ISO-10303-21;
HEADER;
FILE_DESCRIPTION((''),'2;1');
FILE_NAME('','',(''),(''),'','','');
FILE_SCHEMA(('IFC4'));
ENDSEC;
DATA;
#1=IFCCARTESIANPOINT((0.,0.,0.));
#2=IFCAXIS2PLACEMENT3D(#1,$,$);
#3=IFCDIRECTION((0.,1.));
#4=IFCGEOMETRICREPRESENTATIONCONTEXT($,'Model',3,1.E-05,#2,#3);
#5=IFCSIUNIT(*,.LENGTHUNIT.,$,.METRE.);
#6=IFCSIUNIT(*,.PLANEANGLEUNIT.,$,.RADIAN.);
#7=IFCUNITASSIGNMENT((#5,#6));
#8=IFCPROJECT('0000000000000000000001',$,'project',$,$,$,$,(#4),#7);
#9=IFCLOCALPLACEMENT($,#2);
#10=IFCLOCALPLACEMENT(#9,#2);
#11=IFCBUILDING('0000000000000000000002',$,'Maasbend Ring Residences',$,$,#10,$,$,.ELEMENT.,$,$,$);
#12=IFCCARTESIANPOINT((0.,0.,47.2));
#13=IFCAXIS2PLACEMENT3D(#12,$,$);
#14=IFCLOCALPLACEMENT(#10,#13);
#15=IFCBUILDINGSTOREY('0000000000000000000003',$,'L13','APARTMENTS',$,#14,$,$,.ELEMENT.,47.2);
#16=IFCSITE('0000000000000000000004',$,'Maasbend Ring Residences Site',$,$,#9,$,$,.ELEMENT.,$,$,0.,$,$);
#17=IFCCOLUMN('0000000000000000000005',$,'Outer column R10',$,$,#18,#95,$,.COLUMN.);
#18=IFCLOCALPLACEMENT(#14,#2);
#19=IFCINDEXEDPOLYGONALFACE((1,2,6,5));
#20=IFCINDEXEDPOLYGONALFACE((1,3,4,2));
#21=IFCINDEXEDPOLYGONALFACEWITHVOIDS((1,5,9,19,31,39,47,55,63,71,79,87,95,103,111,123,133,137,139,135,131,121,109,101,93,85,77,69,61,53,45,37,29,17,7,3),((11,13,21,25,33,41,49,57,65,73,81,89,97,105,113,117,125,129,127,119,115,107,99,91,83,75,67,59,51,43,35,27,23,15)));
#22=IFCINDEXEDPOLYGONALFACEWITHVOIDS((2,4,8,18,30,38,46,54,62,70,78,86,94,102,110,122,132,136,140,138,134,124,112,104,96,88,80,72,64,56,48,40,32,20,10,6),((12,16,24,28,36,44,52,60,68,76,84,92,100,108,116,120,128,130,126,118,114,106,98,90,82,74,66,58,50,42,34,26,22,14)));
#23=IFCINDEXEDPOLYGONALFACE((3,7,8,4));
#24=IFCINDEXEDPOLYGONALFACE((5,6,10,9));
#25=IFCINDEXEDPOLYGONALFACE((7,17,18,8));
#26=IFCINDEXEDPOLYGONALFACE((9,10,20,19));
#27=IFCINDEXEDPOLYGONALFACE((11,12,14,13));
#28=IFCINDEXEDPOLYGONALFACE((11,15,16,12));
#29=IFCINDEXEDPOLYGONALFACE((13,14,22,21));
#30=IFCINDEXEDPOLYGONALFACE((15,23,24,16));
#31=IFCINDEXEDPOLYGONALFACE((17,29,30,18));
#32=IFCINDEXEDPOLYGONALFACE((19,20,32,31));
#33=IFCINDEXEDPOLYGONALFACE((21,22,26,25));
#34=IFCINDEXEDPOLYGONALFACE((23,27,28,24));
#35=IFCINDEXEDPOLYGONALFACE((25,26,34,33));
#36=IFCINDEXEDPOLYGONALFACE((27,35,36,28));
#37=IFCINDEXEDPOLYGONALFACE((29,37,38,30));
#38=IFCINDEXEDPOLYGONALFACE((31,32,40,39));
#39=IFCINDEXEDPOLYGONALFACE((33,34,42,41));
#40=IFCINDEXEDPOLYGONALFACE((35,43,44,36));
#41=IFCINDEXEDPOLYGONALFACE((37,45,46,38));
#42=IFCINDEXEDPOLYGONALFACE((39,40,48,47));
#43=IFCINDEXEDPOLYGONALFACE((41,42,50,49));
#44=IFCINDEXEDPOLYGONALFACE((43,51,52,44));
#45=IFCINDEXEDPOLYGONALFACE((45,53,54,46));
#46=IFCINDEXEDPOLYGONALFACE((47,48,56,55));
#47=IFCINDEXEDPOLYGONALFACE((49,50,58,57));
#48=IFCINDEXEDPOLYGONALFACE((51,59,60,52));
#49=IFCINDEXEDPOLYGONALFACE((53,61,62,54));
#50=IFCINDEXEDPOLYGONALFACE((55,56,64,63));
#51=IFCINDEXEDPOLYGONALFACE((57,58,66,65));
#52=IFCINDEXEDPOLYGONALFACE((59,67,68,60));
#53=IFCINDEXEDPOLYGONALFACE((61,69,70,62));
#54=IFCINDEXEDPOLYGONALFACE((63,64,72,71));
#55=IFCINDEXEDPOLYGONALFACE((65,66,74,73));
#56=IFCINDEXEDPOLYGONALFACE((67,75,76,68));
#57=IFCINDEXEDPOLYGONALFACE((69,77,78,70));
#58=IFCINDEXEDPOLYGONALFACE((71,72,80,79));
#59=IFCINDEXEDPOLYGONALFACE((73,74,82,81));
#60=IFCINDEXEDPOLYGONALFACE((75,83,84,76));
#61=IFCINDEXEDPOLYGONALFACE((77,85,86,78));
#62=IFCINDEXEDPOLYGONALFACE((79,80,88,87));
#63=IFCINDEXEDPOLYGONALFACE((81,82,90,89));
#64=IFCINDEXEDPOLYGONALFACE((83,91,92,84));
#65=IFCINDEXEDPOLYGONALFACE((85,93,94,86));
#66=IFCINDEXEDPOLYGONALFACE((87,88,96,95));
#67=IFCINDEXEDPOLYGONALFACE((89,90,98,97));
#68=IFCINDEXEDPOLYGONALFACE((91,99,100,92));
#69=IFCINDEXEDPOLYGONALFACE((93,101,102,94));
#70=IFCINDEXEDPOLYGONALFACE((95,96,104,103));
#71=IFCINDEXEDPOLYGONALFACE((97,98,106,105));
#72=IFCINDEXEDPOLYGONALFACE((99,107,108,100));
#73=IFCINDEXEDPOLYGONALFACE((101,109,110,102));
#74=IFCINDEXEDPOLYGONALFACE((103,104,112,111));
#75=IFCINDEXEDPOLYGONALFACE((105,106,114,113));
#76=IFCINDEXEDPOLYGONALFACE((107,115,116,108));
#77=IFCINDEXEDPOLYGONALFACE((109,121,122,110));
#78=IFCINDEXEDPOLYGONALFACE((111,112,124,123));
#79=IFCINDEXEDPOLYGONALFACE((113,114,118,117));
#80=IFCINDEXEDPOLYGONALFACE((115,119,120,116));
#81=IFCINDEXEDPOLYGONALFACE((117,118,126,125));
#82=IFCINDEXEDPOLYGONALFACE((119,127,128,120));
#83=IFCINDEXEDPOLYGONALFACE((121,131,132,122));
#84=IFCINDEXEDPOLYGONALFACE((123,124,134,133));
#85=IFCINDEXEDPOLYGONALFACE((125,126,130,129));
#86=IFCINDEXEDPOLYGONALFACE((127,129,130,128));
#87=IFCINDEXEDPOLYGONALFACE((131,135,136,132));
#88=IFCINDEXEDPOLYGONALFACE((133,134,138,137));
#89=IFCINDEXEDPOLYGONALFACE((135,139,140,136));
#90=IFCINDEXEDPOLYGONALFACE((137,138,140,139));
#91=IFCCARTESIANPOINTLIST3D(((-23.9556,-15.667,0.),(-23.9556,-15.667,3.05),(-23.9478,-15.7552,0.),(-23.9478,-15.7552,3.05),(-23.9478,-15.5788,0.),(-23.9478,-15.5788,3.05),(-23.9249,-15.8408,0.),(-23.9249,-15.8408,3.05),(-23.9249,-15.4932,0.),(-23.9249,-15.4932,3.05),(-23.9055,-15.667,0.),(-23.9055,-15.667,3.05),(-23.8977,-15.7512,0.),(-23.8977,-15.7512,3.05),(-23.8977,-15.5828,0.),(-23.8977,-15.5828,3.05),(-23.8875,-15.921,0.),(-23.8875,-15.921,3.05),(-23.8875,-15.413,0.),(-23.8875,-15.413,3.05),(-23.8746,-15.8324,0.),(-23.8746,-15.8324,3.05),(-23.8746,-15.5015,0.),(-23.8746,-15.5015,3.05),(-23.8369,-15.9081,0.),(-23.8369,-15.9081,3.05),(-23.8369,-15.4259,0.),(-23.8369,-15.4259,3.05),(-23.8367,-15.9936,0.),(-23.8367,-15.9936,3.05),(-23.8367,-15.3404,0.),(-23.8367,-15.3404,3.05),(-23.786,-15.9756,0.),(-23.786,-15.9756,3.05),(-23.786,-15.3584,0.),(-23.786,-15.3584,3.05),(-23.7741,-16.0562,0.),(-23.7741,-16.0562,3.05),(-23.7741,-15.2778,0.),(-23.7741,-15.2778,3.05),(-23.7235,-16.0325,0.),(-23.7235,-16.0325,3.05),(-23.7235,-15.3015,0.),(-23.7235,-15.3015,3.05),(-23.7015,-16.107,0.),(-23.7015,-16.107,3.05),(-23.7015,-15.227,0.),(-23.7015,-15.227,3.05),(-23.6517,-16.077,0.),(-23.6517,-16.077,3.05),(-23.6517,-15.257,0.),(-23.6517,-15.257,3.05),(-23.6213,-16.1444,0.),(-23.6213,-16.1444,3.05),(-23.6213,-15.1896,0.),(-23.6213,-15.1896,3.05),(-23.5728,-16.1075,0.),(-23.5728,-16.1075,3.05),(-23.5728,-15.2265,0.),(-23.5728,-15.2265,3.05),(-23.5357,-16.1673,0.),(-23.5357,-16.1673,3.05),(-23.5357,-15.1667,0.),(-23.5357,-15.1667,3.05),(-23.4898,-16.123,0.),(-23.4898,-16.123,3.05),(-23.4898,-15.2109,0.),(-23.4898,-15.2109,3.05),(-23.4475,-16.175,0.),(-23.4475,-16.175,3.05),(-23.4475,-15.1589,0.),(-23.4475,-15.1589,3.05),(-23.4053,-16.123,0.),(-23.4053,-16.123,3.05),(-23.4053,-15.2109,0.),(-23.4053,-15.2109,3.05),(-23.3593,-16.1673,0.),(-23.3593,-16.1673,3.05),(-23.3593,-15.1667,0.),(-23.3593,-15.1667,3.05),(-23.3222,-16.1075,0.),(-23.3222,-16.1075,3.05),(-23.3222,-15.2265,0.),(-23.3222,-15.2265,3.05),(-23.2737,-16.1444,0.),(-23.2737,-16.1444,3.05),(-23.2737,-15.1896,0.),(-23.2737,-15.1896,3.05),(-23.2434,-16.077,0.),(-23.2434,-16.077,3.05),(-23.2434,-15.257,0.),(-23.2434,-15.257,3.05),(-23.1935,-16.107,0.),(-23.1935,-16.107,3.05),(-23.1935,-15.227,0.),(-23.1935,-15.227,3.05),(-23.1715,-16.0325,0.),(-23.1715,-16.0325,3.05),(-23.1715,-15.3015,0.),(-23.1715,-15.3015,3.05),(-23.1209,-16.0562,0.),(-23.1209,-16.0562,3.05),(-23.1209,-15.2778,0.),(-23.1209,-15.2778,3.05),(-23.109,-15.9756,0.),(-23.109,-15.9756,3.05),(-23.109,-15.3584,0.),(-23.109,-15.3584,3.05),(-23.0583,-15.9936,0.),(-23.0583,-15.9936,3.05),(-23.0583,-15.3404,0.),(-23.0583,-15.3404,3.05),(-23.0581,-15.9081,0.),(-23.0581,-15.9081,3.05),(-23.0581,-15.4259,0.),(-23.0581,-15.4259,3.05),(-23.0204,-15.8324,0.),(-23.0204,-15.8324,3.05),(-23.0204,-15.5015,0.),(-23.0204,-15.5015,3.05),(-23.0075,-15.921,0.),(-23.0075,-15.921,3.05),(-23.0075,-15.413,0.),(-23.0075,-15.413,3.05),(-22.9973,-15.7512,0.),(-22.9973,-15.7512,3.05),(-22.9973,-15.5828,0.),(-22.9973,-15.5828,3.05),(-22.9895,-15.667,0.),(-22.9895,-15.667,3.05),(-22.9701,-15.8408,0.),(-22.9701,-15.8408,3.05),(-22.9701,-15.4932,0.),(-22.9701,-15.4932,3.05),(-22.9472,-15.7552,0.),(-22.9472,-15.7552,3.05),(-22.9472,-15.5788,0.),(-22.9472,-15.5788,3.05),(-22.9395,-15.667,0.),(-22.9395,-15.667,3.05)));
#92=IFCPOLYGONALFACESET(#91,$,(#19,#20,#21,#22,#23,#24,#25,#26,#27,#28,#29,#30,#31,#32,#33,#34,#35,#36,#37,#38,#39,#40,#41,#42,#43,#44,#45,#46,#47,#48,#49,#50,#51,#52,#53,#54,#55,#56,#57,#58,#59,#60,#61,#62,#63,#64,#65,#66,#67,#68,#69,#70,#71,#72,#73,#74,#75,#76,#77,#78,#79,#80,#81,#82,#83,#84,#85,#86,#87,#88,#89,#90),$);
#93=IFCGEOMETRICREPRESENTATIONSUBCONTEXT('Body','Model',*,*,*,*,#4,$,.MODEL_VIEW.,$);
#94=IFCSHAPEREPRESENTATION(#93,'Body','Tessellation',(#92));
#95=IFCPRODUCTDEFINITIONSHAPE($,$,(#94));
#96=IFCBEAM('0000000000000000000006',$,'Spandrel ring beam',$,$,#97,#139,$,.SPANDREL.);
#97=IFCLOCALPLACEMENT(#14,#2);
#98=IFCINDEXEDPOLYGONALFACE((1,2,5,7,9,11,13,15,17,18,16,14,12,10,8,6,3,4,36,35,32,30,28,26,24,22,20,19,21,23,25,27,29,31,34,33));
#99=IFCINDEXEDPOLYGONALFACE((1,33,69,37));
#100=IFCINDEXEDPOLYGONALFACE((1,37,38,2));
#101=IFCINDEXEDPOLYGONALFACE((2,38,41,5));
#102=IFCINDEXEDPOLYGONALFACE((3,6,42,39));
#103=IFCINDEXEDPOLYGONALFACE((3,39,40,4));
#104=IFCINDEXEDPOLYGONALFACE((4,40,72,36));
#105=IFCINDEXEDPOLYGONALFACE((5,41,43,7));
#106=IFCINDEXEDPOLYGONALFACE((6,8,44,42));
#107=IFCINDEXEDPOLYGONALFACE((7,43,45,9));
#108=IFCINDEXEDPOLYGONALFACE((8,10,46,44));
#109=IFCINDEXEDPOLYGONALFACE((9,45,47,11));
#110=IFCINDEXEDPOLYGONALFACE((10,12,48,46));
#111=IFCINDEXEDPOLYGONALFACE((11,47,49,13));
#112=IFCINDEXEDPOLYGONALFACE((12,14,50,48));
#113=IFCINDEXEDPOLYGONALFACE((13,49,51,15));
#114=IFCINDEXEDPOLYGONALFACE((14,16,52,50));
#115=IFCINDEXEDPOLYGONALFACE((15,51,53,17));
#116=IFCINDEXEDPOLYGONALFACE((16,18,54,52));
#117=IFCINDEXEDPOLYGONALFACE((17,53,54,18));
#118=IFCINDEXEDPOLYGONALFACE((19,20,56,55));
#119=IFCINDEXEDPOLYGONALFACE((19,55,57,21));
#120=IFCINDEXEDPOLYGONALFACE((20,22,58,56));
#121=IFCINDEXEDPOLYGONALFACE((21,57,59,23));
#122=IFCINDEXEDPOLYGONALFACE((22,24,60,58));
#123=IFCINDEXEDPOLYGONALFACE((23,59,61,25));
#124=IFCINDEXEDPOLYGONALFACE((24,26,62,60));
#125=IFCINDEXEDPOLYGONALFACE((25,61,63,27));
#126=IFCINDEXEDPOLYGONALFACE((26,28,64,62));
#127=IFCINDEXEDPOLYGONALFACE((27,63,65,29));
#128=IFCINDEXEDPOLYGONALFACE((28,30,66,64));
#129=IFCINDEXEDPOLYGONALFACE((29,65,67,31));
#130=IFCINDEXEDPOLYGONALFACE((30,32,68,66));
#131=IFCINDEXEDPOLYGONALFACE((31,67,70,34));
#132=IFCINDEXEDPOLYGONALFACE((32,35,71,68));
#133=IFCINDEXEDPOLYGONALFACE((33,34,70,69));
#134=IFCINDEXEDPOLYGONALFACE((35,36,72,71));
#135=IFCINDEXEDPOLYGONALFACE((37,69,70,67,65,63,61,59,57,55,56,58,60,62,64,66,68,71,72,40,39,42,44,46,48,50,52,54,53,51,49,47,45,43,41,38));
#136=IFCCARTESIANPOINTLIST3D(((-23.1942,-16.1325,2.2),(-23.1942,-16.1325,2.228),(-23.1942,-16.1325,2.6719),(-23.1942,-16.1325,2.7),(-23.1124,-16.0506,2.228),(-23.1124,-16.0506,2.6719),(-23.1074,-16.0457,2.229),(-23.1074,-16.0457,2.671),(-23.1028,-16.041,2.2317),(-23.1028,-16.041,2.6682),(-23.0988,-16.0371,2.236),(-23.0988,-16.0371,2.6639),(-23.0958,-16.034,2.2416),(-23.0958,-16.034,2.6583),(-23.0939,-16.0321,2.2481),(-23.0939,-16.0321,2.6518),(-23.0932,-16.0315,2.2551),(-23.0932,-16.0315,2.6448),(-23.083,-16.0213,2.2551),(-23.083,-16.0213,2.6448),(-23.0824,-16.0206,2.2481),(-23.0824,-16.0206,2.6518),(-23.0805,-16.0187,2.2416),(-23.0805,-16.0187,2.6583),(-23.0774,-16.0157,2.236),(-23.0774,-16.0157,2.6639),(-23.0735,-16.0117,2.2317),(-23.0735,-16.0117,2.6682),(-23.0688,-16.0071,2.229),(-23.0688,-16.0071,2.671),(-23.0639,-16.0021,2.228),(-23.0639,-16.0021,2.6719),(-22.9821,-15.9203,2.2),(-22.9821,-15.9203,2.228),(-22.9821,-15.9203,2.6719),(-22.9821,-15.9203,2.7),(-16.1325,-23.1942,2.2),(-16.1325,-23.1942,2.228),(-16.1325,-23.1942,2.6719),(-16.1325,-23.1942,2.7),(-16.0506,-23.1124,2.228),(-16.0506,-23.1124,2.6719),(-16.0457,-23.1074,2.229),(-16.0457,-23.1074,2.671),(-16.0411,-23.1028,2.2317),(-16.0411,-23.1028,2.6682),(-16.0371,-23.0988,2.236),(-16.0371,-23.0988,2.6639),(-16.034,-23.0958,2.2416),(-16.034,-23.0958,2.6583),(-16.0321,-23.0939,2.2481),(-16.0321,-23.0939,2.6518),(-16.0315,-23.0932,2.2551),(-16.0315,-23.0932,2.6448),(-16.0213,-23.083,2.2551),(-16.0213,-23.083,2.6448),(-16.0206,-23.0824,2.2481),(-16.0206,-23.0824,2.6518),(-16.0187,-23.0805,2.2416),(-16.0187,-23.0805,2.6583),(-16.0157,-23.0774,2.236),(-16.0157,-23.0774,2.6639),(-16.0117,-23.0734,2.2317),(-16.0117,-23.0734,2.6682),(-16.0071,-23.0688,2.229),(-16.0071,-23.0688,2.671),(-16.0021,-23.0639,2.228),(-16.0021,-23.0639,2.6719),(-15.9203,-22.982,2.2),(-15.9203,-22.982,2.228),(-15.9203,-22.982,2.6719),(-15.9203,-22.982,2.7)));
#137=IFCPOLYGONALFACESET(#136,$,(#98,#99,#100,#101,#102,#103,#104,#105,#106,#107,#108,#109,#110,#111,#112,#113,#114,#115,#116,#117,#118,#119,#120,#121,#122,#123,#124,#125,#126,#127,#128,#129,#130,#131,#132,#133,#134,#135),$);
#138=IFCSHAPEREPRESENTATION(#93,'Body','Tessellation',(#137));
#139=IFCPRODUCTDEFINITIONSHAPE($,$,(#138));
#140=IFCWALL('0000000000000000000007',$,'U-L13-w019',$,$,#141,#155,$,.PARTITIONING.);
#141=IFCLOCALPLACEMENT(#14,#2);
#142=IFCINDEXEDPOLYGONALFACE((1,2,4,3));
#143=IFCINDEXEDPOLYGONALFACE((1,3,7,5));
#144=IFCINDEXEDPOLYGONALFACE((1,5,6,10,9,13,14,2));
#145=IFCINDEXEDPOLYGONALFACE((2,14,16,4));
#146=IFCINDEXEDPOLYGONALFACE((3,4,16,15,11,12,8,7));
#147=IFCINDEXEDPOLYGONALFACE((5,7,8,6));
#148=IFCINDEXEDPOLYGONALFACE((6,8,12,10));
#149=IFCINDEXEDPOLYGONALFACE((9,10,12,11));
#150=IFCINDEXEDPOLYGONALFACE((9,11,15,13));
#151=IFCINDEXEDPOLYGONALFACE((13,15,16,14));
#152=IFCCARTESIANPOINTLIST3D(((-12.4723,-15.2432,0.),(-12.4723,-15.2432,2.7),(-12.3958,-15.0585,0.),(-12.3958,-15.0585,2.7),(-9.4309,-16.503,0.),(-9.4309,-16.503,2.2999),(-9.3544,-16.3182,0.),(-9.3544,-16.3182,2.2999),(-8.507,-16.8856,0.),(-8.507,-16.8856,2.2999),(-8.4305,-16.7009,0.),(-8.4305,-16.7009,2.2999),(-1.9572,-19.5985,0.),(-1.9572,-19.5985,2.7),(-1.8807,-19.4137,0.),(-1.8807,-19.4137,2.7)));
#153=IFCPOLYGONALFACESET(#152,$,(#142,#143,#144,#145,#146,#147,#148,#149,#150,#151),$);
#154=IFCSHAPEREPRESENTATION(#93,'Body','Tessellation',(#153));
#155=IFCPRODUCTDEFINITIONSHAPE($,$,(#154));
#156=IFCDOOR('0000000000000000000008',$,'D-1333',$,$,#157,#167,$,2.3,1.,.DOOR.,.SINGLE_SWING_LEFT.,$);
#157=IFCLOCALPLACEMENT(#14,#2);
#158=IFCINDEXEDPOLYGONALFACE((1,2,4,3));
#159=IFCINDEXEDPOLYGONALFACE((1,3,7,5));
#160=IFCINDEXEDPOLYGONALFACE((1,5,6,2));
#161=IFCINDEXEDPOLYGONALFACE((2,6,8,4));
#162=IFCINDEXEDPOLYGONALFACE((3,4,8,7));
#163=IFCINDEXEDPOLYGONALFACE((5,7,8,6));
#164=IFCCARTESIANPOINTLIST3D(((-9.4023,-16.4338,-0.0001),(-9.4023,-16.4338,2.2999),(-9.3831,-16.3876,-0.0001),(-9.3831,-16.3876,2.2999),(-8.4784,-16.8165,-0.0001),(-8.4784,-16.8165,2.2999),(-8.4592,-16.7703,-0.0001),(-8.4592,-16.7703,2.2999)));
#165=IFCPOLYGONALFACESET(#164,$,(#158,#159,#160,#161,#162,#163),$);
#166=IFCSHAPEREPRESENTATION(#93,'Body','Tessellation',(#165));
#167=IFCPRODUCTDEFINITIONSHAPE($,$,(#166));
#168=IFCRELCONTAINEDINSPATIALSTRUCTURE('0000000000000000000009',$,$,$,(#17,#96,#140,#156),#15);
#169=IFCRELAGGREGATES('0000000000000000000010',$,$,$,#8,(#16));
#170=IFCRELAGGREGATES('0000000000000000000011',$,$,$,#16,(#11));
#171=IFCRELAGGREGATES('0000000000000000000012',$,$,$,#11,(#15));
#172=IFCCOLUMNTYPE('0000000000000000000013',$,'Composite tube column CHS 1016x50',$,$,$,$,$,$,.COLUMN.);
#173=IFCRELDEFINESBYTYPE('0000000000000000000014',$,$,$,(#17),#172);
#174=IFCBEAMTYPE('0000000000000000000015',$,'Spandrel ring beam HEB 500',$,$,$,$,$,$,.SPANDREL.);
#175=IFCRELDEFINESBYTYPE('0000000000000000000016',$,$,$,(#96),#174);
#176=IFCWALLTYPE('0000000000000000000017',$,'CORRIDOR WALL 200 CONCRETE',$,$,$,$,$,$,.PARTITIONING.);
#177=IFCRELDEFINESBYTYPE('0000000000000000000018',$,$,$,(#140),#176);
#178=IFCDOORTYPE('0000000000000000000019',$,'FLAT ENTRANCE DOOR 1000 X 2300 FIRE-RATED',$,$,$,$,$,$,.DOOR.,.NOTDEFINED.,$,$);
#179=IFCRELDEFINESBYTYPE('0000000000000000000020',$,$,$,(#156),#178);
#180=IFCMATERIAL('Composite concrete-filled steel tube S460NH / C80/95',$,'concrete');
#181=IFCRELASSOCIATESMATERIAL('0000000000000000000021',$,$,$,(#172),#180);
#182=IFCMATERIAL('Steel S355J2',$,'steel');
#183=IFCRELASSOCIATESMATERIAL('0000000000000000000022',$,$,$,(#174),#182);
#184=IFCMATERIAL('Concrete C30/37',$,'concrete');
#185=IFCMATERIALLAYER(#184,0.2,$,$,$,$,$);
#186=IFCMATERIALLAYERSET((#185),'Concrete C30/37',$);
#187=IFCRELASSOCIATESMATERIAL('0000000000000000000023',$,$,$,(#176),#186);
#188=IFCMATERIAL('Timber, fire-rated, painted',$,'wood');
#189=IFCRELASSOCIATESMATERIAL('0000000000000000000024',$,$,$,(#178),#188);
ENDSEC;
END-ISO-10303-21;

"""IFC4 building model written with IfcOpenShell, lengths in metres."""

from ifc_helpers import new_model, si_unit, direction, frame, frame_2d, origin, origin_2d, place, context, subcontext, project, spatial, rectangle, hollow_circle, i_section, extrude, material, layer, layer_set, material_profile, profile_set, type_object, element, fill, save


model = new_model("IFC4")

# Units and contexts
model_context = context("Model", 3, precision=1e-05, world=origin(), true_north=direction((0.0, 1.0)))
body_context = subcontext(model_context, "Body", "Model", "MODEL_VIEW")
ifc_project = project(units=[si_unit("LENGTHUNIT", "METRE"), si_unit("PLANEANGLEUNIT", "RADIAN")], contexts=[model_context])

# Site, building, storey
site_placement = place(None, origin())
site = spatial("IfcSite", under=ifc_project, at=site_placement, Name="Maasbend Ring Residences Site", CompositionType="ELEMENT", RefElevation=0.0)
building_placement = place(site_placement, origin())
building = spatial("IfcBuilding", under=site, at=building_placement, Name="Maasbend Ring Residences", CompositionType="ELEMENT")
storey_placement = place(building_placement, frame((0.0, 0.0, 47.2)))
storey = spatial("IfcBuildingStorey", under=building, at=storey_placement, Name="L13", Description="APARTMENTS", CompositionType="ELEMENT", Elevation=47.2)

# Column
ifc_material_1 = material(Name="Composite concrete-filled steel tube S460NH / C80/95", Category="concrete")
ifc_material_profile_1 = material_profile(ifc_material_1, hollow_circle(Radius=0.5081, WallThickness=0.05, at=origin_2d()), Name="Composite tube column CHS 1016x50")
ifc_profile_set_1 = profile_set([ifc_material_profile_1], Name="Composite concrete-filled steel tube S460NH / C80/95")
column_type = type_object("IfcColumnType", Name="Composite tube column CHS 1016x50", PredefinedType="COLUMN", material=ifc_profile_set_1)
column_placement = place(storey_placement, frame((-23.4475, -15.667, 0.0), z_axis=(0.0, 0.0, 1.0), x_axis=(1.0, 0.0, 0.0)))
element("IfcColumn", 1, at=column_placement, inside=storey, type_object=column_type, Name="Outer column R10", PredefinedType="COLUMN", context=body_context, shape_type="SweptSolid", body=[
    extrude(hollow_circle(Radius=0.5081, WallThickness=0.05, at=origin_2d()), origin(), (0.0, 0.0, 1.0), 3.05),
])

# Beam
ifc_material_2 = material(Name="Steel S355J2", Category="steel")
ifc_material_profile_2 = material_profile(ifc_material_2, i_section(OverallWidth=0.3, OverallDepth=0.5, WebThickness=0.0144, FlangeThickness=0.0281, FilletRadius=0.0271, at=origin_2d()), Name="HEB 500")
ifc_profile_set_2 = profile_set([ifc_material_profile_2], Name="Steel S355J2")
beam_type = type_object("IfcBeamType", Name="Spandrel ring beam HEB 500", PredefinedType="SPANDREL", material=ifc_profile_set_2)
beam_placement = place(storey_placement, frame((-23.0881, -16.0264, 2.45), z_axis=(0.707107, -0.707107, 0.0), x_axis=(0.707107, 0.707107, 0.0)))
element("IfcBeam", 2, at=beam_placement, inside=storey, type_object=beam_type, Name="Spandrel ring beam", PredefinedType="SPANDREL", context=body_context, shape_type="SweptSolid", body=[
    extrude(i_section(OverallWidth=0.3, OverallDepth=0.5, WebThickness=0.0144, FlangeThickness=0.0281, FilletRadius=0.0271, at=origin_2d()), origin(), (0.0, 0.0, 1.0), 9.9868),
])

# Wall, opening, door
ifc_material_3 = material(Name="Concrete C30/37", Category="concrete")
ifc_layer_1 = layer(ifc_material_3, 0.2)
ifc_layer_set_1 = layer_set([ifc_layer_1], Name="Concrete C30/37")
wall_type_1 = type_object("IfcWallType", Name="CORRIDOR WALL 200 CONCRETE", PredefinedType="PARTITIONING", material=ifc_layer_set_1)
wall_1_placement = place(storey_placement, frame((-12.4341, -15.1509, 0.0), z_axis=(0.0, 0.0, 1.0), x_axis=(0.923888, -0.382662, 0.0)))
wall_1 = element("IfcWall", 3, at=wall_1_placement, inside=storey, type_object=wall_type_1, Name="U-L13-w019", PredefinedType="PARTITIONING", context=body_context, shape_type="SweptSolid", body=[
    extrude(rectangle(XDim=11.3813, YDim=0.2, at=frame_2d((5.6907, 0.0))), origin(), (0.0, 0.0, 1.0), 2.7),
])
opening_1_placement = place(wall_1_placement, frame((3.292, 0.0, 0.0)))
opening_1 = element("IfcOpeningElement", 4, at=opening_1_placement, cuts=wall_1, PredefinedType="OPENING", context=body_context, shape_type="SweptSolid", body=[
    extrude(rectangle(XDim=1.0, YDim=2.3, at=frame_2d((0.5, 1.1499))), frame((0.0, 0.1099, 0.0), z_axis=(0.0, -1.0, 0.0), x_axis=(1.0, 0.0, 0.0)), (0.0, 0.0, 1.0), 0.22),
])
ifc_material_4 = material(Name="Timber, fire-rated, painted", Category="wood")
door_type_1 = type_object("IfcDoorType", Name="FLAT ENTRANCE DOOR 1000 X 2300 FIRE-RATED", OperationType="NOTDEFINED", PredefinedType="DOOR", material=ifc_material_4)
door_1_placement = place(opening_1_placement, origin())
door_1 = element("IfcDoor", 5, at=door_1_placement, inside=storey, type_object=door_type_1, Name="D-1333", OperationType="SINGLE_SWING_LEFT", OverallHeight=2.3, OverallWidth=1.0, PredefinedType="DOOR", context=body_context, shape_type="SweptSolid", body=[
    extrude(rectangle(XDim=1.0, YDim=2.3, at=frame_2d((0.5, 1.1499))), frame((0.0, 0.0249, 0.0), z_axis=(0.0, -1.0, 0.0), x_axis=(1.0, 0.0, 0.0)), (0.0, 0.0, 1.0), 0.05),
])
fill(opening_1, door_1)

save(model, "model.ifc")
